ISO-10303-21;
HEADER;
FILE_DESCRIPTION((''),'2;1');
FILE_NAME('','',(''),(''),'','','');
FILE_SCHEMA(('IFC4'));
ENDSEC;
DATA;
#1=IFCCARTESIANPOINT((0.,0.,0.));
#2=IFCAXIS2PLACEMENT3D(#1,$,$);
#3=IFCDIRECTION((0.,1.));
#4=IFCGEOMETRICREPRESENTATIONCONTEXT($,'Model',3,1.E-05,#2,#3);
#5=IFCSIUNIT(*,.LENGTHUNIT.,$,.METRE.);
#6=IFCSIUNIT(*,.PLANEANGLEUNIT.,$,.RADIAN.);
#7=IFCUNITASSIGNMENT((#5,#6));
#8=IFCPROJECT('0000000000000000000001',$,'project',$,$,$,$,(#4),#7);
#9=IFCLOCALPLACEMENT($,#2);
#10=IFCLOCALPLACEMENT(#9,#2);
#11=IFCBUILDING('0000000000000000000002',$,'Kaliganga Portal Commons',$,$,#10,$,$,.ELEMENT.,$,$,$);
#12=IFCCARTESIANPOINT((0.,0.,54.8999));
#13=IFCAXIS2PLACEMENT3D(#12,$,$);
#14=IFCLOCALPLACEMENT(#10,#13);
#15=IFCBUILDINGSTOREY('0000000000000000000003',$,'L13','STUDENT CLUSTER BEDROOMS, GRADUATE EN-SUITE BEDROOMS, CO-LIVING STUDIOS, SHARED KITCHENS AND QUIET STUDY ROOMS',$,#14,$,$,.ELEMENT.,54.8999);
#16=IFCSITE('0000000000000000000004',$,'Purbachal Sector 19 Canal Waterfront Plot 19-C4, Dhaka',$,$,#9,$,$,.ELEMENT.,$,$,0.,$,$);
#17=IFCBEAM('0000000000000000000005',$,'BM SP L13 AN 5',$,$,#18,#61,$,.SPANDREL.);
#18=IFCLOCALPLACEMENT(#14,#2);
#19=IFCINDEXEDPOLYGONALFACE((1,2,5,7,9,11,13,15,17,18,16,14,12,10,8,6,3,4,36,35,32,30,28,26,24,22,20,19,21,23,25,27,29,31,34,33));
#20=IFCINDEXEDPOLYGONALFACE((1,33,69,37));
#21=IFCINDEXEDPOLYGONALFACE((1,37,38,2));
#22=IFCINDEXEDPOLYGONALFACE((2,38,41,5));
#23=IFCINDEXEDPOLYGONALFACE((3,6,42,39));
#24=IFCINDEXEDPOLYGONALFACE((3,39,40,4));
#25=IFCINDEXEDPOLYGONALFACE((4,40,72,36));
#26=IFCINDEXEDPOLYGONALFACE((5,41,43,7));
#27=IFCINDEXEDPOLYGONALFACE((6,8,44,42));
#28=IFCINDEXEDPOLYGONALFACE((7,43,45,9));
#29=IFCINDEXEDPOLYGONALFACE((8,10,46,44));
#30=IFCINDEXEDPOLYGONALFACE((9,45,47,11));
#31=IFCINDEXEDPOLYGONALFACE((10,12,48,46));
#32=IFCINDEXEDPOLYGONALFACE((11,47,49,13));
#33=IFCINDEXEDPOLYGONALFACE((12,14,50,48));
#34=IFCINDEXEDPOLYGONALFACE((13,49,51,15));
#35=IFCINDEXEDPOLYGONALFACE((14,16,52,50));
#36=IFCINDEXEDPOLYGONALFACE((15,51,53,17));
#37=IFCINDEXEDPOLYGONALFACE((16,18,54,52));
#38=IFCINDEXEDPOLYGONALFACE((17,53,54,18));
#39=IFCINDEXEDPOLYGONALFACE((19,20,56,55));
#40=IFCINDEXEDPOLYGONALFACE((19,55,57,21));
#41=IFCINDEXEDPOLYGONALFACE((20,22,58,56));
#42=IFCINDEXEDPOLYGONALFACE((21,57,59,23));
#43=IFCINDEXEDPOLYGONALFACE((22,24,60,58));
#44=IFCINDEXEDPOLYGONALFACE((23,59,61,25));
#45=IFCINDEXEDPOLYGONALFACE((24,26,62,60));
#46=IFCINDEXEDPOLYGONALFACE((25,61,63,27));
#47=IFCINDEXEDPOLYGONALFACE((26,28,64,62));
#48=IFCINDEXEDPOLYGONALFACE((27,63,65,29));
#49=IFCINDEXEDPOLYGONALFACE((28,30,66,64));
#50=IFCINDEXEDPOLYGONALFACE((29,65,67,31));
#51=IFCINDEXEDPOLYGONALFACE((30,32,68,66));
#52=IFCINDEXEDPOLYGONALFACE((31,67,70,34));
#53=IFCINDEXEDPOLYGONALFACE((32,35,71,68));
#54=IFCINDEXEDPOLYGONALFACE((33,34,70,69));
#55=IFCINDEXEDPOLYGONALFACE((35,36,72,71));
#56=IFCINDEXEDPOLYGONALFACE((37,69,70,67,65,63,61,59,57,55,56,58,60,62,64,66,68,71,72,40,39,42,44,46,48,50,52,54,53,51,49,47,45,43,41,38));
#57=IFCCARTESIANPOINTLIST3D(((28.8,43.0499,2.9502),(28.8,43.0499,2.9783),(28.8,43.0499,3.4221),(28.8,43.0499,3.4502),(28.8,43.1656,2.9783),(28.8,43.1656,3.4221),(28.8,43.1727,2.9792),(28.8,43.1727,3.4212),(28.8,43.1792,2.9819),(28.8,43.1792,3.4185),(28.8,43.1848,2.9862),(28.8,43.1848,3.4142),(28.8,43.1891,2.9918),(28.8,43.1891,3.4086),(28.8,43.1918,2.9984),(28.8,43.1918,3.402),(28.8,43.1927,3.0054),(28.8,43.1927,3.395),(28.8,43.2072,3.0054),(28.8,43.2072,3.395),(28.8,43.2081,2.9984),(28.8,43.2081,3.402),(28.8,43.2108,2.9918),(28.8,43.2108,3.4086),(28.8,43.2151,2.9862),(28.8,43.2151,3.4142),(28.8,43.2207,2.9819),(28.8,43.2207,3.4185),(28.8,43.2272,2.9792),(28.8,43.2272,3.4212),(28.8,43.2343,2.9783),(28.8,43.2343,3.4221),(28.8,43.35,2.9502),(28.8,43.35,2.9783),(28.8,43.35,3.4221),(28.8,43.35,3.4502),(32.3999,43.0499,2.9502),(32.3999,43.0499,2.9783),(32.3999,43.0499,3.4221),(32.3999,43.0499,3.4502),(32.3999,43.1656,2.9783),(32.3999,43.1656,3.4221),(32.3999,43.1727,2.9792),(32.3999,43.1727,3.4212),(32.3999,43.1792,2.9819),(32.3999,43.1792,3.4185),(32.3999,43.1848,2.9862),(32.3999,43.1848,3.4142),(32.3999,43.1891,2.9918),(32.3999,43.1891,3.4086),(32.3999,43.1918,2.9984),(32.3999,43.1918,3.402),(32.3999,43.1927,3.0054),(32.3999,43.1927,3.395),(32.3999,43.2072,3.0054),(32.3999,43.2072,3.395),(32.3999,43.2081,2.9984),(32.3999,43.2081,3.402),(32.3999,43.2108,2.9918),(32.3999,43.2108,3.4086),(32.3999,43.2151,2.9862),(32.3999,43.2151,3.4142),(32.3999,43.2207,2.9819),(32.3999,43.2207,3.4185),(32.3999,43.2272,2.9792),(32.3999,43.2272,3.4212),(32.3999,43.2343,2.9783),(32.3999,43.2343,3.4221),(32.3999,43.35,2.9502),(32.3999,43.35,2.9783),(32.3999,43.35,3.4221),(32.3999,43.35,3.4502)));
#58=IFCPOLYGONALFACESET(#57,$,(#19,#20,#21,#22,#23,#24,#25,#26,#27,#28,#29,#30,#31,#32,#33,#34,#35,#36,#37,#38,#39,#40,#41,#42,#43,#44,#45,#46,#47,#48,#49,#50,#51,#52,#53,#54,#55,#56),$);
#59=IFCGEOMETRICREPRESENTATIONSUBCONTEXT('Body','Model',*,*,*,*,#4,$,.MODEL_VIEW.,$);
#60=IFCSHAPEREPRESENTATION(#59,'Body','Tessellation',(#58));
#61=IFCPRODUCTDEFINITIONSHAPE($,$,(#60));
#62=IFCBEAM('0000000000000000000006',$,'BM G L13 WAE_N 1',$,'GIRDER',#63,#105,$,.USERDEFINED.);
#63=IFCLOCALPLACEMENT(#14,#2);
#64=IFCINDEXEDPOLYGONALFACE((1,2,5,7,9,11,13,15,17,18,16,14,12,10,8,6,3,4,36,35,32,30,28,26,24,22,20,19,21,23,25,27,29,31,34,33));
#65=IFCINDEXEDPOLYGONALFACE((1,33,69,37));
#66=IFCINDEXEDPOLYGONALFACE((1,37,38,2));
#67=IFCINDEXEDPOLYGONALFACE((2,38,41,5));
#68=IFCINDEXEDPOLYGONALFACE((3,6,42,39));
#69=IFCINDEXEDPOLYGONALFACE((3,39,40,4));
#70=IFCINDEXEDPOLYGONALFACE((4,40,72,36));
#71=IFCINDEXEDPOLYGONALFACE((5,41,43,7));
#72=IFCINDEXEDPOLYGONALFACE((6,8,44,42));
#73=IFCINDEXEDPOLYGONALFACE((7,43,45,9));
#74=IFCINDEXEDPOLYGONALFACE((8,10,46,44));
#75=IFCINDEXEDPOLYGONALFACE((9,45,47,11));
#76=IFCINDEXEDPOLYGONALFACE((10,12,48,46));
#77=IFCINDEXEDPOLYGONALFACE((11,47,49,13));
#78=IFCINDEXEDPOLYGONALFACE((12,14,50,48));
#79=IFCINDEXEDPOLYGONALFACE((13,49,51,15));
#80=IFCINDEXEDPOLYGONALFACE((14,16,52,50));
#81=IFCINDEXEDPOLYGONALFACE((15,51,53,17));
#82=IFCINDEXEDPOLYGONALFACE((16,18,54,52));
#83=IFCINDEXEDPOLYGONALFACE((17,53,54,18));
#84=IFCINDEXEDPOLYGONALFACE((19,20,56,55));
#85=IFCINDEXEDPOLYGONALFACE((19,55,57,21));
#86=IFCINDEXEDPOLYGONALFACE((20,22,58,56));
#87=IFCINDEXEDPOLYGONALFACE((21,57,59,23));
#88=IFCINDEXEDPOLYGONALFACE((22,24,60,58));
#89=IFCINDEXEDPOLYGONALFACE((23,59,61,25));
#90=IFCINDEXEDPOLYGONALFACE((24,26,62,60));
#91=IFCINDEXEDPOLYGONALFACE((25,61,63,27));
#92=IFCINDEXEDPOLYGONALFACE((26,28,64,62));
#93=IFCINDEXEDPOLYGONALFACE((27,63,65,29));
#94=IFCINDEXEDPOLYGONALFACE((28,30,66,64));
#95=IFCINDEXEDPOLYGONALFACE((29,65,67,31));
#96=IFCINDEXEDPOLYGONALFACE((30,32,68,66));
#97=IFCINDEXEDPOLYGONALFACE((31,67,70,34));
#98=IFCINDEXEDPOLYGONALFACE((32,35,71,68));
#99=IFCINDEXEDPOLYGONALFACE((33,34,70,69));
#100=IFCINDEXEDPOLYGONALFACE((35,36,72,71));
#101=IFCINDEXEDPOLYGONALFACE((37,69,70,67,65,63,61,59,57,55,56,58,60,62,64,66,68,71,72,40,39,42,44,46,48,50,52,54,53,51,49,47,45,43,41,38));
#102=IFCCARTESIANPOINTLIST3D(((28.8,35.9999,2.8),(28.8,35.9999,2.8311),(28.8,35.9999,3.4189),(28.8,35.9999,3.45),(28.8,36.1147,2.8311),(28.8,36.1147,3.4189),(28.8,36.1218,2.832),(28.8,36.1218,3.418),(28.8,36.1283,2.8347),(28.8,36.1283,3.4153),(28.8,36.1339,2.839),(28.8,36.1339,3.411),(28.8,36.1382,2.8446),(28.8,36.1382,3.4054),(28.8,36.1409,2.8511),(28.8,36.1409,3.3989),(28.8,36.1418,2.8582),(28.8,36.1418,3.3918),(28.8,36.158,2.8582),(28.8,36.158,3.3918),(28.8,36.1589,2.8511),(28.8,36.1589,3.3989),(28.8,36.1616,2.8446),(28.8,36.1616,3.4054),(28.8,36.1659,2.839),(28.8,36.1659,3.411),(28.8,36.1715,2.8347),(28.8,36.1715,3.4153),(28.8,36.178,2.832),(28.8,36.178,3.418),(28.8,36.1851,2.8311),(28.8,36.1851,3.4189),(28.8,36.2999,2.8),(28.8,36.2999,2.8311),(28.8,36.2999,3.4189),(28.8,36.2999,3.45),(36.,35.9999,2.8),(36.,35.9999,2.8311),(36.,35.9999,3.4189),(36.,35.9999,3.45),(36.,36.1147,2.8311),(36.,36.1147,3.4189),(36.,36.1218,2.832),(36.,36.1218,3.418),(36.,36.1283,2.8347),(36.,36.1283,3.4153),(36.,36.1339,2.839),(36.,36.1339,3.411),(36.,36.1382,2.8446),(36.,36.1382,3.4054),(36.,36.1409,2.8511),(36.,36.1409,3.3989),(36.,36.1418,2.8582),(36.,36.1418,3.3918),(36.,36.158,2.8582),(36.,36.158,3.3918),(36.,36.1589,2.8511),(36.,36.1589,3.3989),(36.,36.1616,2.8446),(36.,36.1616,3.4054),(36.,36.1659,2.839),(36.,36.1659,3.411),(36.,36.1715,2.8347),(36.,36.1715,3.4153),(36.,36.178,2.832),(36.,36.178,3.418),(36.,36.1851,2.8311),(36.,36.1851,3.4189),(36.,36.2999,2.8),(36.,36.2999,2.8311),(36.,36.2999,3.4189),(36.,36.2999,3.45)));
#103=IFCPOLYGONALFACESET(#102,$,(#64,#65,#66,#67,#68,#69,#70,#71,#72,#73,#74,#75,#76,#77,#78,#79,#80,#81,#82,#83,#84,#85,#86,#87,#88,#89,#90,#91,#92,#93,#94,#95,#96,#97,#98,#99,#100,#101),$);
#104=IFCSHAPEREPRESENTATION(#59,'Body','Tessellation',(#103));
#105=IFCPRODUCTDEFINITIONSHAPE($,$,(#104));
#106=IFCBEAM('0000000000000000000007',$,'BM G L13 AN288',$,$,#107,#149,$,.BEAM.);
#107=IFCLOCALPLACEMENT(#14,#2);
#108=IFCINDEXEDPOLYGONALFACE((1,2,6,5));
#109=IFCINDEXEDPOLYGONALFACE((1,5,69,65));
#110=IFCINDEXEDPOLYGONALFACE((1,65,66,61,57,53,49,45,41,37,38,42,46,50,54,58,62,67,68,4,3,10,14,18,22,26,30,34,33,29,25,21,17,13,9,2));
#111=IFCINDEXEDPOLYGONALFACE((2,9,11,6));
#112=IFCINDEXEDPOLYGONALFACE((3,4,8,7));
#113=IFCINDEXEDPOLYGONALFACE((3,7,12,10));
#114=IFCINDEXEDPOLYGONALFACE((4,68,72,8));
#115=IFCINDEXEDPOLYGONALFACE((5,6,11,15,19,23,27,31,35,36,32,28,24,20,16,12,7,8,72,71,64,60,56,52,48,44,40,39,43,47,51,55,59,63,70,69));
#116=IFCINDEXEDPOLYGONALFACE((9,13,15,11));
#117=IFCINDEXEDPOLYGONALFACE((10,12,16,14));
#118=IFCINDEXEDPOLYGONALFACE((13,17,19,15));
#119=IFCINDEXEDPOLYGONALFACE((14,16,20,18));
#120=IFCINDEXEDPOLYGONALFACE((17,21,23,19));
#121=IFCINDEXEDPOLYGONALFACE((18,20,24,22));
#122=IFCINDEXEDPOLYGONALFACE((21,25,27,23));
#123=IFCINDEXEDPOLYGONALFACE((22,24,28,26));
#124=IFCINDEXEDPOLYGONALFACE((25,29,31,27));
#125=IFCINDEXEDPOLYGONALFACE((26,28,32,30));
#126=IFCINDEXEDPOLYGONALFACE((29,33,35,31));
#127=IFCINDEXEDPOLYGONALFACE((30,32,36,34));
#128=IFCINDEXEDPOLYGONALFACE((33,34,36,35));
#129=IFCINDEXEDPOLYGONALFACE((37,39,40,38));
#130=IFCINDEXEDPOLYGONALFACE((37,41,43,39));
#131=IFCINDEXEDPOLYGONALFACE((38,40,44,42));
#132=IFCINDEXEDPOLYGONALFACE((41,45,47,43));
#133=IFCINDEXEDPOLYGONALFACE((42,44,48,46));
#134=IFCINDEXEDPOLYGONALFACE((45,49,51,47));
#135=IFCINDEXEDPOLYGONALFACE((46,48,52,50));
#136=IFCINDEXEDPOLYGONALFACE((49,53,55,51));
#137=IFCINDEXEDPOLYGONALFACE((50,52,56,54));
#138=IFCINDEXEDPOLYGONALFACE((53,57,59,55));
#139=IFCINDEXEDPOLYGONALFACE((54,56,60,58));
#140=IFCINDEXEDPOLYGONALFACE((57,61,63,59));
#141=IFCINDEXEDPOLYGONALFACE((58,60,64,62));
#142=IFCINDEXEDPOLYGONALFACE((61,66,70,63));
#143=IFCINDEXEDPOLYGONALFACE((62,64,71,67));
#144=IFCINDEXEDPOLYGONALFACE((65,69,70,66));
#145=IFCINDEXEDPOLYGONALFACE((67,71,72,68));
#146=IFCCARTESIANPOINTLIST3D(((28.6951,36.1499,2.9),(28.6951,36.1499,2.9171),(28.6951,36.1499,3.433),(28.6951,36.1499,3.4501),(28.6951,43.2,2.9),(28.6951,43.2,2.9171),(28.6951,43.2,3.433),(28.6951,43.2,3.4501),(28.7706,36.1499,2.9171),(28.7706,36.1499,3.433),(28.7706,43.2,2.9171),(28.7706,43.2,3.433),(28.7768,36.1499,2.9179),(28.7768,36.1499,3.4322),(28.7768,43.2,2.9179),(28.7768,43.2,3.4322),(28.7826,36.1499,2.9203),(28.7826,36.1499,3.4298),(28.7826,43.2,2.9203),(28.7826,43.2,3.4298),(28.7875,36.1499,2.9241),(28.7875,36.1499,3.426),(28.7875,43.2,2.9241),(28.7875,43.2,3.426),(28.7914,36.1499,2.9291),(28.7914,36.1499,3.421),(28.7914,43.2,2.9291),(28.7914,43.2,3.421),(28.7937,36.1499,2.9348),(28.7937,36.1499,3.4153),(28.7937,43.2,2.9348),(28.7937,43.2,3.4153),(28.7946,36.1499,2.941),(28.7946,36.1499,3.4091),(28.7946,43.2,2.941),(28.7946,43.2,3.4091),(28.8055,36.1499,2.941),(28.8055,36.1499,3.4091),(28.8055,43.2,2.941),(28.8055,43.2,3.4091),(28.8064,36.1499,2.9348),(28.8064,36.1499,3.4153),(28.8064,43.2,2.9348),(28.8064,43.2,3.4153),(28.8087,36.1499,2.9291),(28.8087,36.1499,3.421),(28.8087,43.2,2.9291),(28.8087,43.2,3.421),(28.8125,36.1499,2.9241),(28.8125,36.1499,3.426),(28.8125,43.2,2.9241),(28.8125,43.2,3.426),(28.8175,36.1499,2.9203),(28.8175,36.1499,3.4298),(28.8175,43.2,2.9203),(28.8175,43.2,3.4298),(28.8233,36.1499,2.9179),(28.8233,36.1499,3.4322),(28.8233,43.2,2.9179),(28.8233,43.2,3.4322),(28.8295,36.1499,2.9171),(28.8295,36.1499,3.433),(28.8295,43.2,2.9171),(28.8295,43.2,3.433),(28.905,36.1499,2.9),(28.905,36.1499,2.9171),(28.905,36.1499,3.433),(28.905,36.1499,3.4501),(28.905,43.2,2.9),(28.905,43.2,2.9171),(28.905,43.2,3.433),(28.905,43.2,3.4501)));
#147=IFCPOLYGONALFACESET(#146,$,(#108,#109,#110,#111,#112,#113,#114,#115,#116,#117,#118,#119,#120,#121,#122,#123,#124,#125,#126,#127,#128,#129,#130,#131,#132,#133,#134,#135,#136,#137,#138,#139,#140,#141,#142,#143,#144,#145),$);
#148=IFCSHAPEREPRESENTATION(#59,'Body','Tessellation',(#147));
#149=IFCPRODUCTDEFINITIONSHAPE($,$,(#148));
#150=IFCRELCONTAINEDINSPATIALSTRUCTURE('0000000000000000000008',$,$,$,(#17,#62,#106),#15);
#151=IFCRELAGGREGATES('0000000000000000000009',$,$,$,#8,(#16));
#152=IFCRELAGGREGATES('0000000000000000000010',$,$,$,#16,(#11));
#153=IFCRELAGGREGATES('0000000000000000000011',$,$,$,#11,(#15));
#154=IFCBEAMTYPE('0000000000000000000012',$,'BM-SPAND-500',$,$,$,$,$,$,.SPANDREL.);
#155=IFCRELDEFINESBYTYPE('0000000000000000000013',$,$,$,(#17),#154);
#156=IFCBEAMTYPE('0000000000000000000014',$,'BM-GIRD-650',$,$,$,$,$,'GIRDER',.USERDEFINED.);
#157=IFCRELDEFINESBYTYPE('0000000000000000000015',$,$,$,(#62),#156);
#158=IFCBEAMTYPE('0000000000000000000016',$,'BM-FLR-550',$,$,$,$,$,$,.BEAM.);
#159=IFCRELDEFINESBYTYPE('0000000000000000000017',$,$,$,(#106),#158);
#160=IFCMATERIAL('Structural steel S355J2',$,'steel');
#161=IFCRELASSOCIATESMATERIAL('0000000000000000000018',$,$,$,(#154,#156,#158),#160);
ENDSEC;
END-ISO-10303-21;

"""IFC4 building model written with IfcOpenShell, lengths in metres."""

from ifc_helpers import new_model, si_unit, direction, frame, origin, origin_2d, place, context, subcontext, project, spatial, i_section, extrude, source, transform, mapped, material, material_profile, profile_set, type_object, element, save


model = new_model("IFC4")

# Units and contexts
model_context = context("Model", 3, precision=1e-05, world=origin(), true_north=direction((0.0, 1.0)))
body_context = subcontext(model_context, "Body", "Model", "MODEL_VIEW")
ifc_project = project(units=[si_unit("LENGTHUNIT", "METRE"), si_unit("PLANEANGLEUNIT", "RADIAN")], contexts=[model_context])

# Site, building, storey
site_placement = place(None, origin())
site = spatial("IfcSite", under=ifc_project, at=site_placement, Name="Purbachal Sector 19 Canal Waterfront Plot 19-C4, Dhaka", CompositionType="ELEMENT", RefElevation=0.0)
building_placement = place(site_placement, origin())
building = spatial("IfcBuilding", under=site, at=building_placement, Name="Kaliganga Portal Commons", CompositionType="ELEMENT")
storey_placement = place(building_placement, frame((0.0, 0.0, 54.8999)))
storey = spatial("IfcBuildingStorey", under=building, at=storey_placement, Name="L13", Description="STUDENT CLUSTER BEDROOMS, GRADUATE EN-SUITE BEDROOMS, CO-LIVING STUDIOS, SHARED KITCHENS AND QUIET STUDY ROOMS", CompositionType="ELEMENT", Elevation=54.8999)

# Beams
ifc_material_1 = material(Name="Structural steel S355J2", Category="steel")
ifc_material_profile_1 = material_profile(ifc_material_1, i_section(OverallWidth=0.3, OverallDepth=0.5, WebThickness=0.0144, FlangeThickness=0.0281, FilletRadius=0.0271, at=origin_2d()), Name="HE 500 B")
ifc_profile_set_1 = profile_set([ifc_material_profile_1], Name="Structural steel S355J2 wide-flange")
beam_type_1 = type_object("IfcBeamType", Name="BM-SPAND-500", PredefinedType="SPANDREL", material=ifc_profile_set_1)
shared_shape_1 = source(origin(), body_context, "Body", "SweptSolid", [
    extrude(i_section(OverallWidth=0.3, OverallDepth=0.5, WebThickness=0.0144, FlangeThickness=0.0281, FilletRadius=0.0271, at=origin_2d()), origin(), (0.0, 0.0, 1.0), 3.5999),
])
for number, where, z_axis, x_axis, name in (
    (1, (28.8, 43.2, 3.2002), (1.0, 0.0, 0.0), (0.0, 1.0, 0.0), "BM SP L13 AN 5"),
):
    element("IfcBeam", number, at=place(storey_placement, frame(where, z_axis=z_axis, x_axis=x_axis)), inside=storey, type_object=beam_type_1, Name=name, PredefinedType="SPANDREL", context=body_context, shape_type="MappedRepresentation", body=[
        mapped(shared_shape_1, transform((0.0, 0.0, 0.0), x_axis=(1.0, 0.0, 0.0), y_axis=(0.0, 1.0, 0.0), z_axis=(0.0, 0.0, 1.0), scale=1.0)),
    ])
ifc_material_profile_2 = material_profile(ifc_material_1, i_section(OverallWidth=0.3, OverallDepth=0.6499, WebThickness=0.0161, FlangeThickness=0.031, FilletRadius=0.0271, at=origin_2d()), Name="HE 650 B")
ifc_profile_set_2 = profile_set([ifc_material_profile_2], Name="Structural steel S355J2 wide-flange")
beam_type_2 = type_object("IfcBeamType", Name="BM-GIRD-650", ElementType="GIRDER", PredefinedType="USERDEFINED", material=ifc_profile_set_2)
shared_shape_2 = source(origin(), body_context, "Body", "SweptSolid", [
    extrude(i_section(OverallWidth=0.3, OverallDepth=0.6499, WebThickness=0.0161, FlangeThickness=0.031, FilletRadius=0.0271, at=origin_2d()), origin(), (0.0, 0.0, 1.0), 7.2),
])
beam_1_placement = place(storey_placement, frame((28.8, 36.1499, 3.125), z_axis=(1.0, 0.0, 0.0), x_axis=(0.0, 1.0, 0.0)))
element("IfcBeam", 2, at=beam_1_placement, inside=storey, type_object=beam_type_2, Name="BM G L13 WAE_N 1", ObjectType="GIRDER", PredefinedType="USERDEFINED", context=body_context, shape_type="MappedRepresentation", body=[
    mapped(shared_shape_2, transform((0.0, 0.0, 0.0), x_axis=(1.0, 0.0, 0.0), y_axis=(0.0, 1.0, 0.0), z_axis=(0.0, 0.0, 1.0), scale=1.0)),
])
ifc_material_profile_3 = material_profile(ifc_material_1, i_section(OverallWidth=0.21, OverallDepth=0.55, WebThickness=0.011, FlangeThickness=0.0171, FilletRadius=0.0239, at=origin_2d()), Name="IPE 550")
ifc_profile_set_3 = profile_set([ifc_material_profile_3], Name="Structural steel S355J2 wide-flange")
beam_type_3 = type_object("IfcBeamType", Name="BM-FLR-550", PredefinedType="BEAM", material=ifc_profile_set_3)
shared_shape_3 = source(origin(), body_context, "Body", "SweptSolid", [
    extrude(i_section(OverallWidth=0.21, OverallDepth=0.55, WebThickness=0.011, FlangeThickness=0.0171, FilletRadius=0.0239, at=origin_2d()), origin(), (0.0, 0.0, 1.0), 7.05),
])
beam_2_placement = place(storey_placement, frame((28.8, 36.1499, 3.175), z_axis=(0.0, 1.0, 0.0), x_axis=(-1.0, 0.0, 0.0)))
element("IfcBeam", 3, at=beam_2_placement, inside=storey, type_object=beam_type_3, Name="BM G L13 AN288", PredefinedType="BEAM", context=body_context, shape_type="MappedRepresentation", body=[
    mapped(shared_shape_3, transform((0.0, 0.0, 0.0), x_axis=(1.0, 0.0, 0.0), y_axis=(0.0, 1.0, 0.0), z_axis=(0.0, 0.0, 1.0), scale=1.0)),
])

save(model, "model.ifc")
